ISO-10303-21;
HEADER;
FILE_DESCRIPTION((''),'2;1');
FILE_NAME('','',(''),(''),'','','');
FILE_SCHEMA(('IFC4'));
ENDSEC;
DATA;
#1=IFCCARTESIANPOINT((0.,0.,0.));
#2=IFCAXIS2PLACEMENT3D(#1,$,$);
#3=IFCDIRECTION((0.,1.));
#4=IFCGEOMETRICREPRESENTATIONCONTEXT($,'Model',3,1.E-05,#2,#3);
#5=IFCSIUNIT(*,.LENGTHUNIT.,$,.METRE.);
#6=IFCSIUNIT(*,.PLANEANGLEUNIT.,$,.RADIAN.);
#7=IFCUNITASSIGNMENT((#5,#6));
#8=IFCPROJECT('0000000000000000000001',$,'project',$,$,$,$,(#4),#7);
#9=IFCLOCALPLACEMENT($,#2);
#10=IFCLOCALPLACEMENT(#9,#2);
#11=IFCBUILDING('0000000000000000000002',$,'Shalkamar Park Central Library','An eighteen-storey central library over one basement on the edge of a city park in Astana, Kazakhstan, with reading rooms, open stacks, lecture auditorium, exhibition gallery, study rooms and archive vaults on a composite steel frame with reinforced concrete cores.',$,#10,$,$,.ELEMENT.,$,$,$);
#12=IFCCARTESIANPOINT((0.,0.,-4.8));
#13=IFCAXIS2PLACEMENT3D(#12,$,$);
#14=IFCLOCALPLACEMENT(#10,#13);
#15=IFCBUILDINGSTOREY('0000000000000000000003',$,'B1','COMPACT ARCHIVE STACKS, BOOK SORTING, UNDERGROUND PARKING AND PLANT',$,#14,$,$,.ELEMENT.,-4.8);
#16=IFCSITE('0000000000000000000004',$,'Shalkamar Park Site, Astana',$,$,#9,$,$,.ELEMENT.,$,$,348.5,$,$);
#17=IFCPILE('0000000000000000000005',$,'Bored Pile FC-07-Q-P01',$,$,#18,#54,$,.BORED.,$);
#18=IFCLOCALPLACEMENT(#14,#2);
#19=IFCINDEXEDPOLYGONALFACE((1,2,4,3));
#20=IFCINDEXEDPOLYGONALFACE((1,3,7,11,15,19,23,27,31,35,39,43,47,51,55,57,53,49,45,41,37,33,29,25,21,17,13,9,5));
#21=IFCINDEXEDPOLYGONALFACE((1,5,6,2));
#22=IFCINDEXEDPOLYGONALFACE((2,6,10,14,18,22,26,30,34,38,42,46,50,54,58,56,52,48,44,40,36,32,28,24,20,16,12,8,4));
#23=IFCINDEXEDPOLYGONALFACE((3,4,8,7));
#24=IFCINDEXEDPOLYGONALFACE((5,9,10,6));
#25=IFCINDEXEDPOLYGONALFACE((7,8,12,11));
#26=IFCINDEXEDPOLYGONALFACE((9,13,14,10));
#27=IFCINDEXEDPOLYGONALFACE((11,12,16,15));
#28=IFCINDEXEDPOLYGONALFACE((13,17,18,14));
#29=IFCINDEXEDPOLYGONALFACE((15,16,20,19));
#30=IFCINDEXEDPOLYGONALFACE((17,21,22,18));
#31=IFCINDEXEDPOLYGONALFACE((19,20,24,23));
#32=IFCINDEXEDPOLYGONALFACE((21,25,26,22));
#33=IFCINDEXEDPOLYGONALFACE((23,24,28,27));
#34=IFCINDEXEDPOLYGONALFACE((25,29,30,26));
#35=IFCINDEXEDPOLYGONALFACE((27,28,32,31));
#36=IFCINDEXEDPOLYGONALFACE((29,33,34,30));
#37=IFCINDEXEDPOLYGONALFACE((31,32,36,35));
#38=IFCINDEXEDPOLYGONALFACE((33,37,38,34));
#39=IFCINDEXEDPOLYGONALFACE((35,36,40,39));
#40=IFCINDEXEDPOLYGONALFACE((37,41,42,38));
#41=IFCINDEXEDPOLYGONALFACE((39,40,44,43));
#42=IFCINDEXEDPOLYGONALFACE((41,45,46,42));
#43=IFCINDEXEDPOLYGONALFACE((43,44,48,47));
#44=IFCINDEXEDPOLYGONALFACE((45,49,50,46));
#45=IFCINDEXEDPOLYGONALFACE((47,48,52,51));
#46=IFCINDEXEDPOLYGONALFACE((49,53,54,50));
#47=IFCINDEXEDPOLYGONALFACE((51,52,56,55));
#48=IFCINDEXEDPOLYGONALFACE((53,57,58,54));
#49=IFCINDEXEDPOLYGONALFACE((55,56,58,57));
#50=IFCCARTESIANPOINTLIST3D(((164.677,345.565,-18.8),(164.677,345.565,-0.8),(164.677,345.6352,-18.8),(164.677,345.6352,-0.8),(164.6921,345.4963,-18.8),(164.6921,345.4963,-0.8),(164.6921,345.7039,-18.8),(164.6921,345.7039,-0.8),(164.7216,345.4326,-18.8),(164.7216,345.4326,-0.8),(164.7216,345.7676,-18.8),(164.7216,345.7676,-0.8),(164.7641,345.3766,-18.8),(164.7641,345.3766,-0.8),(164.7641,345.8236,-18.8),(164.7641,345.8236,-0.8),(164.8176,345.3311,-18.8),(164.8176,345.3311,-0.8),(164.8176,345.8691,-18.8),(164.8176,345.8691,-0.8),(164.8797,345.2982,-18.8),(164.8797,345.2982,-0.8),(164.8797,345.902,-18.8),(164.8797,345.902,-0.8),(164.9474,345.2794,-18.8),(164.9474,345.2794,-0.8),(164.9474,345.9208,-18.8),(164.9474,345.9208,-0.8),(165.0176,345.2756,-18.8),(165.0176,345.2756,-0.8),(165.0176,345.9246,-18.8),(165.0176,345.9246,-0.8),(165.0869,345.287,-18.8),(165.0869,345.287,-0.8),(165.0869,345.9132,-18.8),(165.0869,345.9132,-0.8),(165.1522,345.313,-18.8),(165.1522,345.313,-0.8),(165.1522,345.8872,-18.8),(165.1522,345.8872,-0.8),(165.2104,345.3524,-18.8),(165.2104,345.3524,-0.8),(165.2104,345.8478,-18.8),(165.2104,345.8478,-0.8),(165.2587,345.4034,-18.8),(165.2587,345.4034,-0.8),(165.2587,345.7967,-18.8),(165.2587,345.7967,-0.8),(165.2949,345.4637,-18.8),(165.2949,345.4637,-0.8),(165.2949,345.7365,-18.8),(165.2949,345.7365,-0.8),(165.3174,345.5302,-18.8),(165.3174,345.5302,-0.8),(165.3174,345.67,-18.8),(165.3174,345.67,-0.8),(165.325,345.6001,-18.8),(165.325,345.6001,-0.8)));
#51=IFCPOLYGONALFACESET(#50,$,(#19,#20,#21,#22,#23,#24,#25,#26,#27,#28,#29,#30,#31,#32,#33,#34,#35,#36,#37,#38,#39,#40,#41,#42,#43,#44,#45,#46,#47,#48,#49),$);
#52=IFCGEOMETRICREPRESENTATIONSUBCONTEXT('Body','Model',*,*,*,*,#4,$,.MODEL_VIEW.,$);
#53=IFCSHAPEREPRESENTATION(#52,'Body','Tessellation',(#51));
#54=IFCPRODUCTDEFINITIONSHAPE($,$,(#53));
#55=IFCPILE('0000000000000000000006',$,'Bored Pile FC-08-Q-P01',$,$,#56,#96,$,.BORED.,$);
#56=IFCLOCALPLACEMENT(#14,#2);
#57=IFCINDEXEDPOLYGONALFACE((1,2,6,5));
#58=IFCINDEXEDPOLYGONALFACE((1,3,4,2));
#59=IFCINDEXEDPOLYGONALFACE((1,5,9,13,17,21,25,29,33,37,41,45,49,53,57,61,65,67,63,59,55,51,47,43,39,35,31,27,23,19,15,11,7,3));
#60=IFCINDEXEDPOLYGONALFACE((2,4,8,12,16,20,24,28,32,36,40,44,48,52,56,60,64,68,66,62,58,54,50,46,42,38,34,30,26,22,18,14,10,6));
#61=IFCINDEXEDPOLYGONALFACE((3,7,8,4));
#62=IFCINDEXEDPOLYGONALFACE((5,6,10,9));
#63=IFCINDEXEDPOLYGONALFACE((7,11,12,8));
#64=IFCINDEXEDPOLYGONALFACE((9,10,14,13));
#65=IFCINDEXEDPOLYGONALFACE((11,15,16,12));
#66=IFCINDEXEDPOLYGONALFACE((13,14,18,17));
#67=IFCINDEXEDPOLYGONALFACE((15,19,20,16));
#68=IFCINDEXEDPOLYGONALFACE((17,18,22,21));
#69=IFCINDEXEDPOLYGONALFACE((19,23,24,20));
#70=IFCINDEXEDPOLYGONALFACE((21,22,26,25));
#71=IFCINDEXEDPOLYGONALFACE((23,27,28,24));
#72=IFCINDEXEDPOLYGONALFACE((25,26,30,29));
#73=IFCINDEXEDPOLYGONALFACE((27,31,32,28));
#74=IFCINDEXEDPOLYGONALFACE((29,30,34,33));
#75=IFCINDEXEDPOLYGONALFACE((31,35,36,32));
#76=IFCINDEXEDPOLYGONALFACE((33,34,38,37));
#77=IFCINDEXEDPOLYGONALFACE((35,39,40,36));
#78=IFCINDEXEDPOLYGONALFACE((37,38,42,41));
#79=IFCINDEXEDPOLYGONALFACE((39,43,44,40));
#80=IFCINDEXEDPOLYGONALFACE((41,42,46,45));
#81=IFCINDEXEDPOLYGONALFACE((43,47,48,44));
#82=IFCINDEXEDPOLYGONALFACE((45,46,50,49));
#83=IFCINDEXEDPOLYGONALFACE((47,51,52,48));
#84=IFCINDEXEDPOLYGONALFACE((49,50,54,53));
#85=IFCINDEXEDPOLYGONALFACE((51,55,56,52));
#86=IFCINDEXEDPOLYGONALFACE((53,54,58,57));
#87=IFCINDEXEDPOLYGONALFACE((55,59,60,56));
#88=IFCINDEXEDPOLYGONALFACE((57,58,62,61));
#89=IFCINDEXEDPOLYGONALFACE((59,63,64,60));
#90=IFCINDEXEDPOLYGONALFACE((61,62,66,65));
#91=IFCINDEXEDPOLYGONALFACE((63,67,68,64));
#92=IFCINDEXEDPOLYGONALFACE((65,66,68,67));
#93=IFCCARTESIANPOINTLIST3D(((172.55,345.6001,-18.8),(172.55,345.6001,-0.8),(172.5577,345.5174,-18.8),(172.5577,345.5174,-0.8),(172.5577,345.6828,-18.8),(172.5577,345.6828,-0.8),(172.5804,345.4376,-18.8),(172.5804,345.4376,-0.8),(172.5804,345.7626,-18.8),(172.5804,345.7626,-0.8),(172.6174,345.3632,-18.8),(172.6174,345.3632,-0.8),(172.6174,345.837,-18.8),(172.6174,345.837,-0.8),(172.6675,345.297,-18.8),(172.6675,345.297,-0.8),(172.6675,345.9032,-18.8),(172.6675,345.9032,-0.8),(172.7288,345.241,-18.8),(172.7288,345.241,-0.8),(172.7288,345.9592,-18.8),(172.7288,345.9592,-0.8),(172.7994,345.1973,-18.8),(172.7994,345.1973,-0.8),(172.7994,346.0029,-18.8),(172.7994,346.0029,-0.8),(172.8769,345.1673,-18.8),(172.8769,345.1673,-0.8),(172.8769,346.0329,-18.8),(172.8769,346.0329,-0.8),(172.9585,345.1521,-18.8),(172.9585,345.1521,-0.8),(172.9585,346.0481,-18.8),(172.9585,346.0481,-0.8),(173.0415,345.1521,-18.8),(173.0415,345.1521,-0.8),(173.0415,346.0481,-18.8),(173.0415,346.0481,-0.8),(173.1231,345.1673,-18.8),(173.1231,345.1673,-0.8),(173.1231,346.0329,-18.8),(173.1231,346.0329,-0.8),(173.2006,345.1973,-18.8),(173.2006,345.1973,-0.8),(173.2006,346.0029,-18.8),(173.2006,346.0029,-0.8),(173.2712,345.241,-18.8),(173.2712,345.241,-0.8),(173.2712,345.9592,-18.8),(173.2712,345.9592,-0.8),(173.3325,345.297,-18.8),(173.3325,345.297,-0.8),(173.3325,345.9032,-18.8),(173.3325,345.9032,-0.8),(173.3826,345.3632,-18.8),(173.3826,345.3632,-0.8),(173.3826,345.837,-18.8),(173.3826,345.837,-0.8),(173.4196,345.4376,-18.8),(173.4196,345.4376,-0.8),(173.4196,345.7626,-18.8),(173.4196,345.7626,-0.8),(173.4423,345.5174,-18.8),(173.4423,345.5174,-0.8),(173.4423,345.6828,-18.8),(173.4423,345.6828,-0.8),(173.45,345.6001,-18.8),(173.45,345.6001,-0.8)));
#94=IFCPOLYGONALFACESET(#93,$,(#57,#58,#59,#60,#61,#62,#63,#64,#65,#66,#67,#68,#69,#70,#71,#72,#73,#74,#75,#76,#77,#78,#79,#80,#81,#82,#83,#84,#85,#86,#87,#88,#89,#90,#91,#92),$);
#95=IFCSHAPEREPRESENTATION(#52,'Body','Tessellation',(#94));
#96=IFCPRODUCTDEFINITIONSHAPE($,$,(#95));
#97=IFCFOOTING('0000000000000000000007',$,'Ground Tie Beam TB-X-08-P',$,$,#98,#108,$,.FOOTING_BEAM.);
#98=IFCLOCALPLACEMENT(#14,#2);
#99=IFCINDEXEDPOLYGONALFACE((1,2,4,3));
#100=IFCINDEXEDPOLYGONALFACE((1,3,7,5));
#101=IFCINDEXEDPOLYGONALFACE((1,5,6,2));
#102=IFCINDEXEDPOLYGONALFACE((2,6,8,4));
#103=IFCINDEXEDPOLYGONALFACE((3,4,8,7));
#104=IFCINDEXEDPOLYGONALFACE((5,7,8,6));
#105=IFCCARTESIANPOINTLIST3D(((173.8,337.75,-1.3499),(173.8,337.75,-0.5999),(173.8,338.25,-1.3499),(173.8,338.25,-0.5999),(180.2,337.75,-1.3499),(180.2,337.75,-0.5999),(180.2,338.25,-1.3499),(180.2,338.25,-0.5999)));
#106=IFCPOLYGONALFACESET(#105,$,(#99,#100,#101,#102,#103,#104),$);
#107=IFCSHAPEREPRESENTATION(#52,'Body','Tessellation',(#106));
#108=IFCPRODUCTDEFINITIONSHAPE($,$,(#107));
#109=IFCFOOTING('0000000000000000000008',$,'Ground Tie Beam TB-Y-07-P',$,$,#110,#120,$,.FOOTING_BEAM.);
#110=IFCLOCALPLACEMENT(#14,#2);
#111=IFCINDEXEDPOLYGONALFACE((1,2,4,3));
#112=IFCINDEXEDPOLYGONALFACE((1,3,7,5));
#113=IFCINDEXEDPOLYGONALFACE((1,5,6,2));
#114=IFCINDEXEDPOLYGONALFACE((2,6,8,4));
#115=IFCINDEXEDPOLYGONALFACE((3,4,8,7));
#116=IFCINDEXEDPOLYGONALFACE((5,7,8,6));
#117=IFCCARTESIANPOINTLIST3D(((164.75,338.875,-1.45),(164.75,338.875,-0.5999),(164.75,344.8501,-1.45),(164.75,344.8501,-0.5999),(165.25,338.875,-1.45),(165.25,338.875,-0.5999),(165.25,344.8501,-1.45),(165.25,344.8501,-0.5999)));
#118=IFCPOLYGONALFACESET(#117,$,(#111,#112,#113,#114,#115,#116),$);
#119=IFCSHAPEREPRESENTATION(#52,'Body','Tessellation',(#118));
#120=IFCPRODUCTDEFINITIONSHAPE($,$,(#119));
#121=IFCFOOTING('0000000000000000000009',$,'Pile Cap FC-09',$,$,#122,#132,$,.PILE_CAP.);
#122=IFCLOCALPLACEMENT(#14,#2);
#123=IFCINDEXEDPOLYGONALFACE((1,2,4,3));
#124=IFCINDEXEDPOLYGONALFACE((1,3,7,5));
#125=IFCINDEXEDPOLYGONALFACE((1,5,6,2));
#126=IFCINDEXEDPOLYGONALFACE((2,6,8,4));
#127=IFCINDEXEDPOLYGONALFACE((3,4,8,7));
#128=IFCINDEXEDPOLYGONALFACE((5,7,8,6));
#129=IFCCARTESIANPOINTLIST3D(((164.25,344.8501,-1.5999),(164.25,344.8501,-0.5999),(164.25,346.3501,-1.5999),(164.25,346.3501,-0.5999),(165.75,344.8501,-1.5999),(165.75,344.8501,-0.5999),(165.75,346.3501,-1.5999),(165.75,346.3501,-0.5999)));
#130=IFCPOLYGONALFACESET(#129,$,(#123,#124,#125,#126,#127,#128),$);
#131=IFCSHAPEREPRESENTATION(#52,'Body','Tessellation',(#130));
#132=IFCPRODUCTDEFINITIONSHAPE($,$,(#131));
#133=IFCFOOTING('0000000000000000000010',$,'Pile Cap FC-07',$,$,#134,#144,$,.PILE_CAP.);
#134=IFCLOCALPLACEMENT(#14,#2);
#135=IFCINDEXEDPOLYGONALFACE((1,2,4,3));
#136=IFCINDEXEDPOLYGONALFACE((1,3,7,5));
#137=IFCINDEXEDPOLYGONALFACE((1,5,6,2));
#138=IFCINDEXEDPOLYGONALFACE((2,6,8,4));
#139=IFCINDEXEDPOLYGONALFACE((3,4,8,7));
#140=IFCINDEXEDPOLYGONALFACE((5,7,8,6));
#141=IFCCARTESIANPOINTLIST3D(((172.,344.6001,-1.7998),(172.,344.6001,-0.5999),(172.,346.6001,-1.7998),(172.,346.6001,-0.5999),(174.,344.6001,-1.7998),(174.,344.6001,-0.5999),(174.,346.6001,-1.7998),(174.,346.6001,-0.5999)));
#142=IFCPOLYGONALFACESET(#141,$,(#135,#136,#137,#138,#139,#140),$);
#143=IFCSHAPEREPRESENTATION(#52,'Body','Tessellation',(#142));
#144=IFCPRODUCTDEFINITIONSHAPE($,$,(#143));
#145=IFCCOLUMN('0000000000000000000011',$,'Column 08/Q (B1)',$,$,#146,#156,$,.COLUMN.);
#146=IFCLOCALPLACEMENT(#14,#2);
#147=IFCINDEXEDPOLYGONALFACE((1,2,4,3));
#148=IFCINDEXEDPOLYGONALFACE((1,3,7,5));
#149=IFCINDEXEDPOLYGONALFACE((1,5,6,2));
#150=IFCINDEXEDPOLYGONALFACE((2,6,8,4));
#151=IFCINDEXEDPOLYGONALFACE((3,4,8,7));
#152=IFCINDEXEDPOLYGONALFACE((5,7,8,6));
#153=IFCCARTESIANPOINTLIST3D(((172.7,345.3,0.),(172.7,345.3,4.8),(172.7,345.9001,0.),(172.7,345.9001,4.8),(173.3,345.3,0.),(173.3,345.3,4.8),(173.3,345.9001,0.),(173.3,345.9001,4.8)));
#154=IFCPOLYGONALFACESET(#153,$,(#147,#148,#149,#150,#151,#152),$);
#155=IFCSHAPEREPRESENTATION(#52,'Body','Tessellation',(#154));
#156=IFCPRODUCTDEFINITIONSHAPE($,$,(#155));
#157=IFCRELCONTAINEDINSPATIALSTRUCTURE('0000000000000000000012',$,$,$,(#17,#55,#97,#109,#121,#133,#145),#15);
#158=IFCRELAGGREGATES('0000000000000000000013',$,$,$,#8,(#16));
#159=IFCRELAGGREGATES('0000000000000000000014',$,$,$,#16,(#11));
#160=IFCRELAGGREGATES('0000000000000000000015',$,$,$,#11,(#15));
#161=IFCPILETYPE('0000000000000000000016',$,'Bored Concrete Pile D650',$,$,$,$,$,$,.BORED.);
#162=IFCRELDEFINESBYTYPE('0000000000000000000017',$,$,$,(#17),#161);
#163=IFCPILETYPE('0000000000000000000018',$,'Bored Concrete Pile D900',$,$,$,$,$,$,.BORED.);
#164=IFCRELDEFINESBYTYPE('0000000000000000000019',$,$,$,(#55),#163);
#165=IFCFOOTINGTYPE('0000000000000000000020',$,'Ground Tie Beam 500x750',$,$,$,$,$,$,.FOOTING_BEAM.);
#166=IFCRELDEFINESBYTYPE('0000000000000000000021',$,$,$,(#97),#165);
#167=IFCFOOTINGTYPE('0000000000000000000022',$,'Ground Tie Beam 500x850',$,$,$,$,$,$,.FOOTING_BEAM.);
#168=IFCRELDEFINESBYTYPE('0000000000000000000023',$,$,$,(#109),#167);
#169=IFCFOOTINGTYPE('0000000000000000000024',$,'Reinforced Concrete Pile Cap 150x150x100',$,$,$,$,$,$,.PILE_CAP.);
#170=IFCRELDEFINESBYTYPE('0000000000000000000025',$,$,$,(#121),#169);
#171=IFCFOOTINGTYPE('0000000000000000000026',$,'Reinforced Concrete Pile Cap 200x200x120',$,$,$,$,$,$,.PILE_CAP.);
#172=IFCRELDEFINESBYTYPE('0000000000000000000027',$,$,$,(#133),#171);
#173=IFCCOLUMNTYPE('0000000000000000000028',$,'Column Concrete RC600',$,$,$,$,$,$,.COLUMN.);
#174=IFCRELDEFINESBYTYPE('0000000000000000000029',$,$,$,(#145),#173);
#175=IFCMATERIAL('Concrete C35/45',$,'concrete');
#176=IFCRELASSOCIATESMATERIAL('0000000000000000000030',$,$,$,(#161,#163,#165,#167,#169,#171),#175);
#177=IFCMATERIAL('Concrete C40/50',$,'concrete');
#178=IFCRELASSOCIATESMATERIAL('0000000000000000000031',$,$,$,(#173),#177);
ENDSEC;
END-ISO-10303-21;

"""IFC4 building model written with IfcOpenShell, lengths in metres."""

from ifc_helpers import new_model, si_unit, direction, frame, origin, origin_2d, place, context, subcontext, project, spatial, rectangle, circle, extrude, material, material_profile, profile_set, type_object, element, save


model = new_model("IFC4")

# Units and contexts
model_context = context("Model", 3, precision=1e-05, world=origin(), true_north=direction((0.0, 1.0)))
body_context = subcontext(model_context, "Body", "Model", "MODEL_VIEW")
ifc_project = project(units=[si_unit("LENGTHUNIT", "METRE"), si_unit("PLANEANGLEUNIT", "RADIAN")], contexts=[model_context])

# Site, building, storey
site_placement = place(None, origin())
site = spatial("IfcSite", under=ifc_project, at=site_placement, Name="Shalkamar Park Site, Astana", CompositionType="ELEMENT", RefElevation=348.5)
building_placement = place(site_placement, origin())
building = spatial("IfcBuilding", under=site, at=building_placement, Name="Shalkamar Park Central Library", Description="An eighteen-storey central library over one basement on the edge of a city park in Astana, Kazakhstan, with reading rooms, open stacks, lecture auditorium, exhibition gallery, study rooms and archive vaults on a composite steel frame with reinforced concrete cores.", CompositionType="ELEMENT")
storey_placement = place(building_placement, frame((0.0, 0.0, -4.8)))
storey = spatial("IfcBuildingStorey", under=building, at=storey_placement, Name="B1", Description="COMPACT ARCHIVE STACKS, BOOK SORTING, UNDERGROUND PARKING AND PLANT", CompositionType="ELEMENT", Elevation=-4.8)

# Piles
ifc_material_1 = material(Name="Concrete C35/45", Category="concrete")
ifc_material_profile_1 = material_profile(ifc_material_1, circle(Radius=0.325, at=origin_2d()), Name="PILE D650")
ifc_profile_set_1 = profile_set([ifc_material_profile_1], Name="Concrete C35/45")
pile_type_1 = type_object("IfcPileType", Name="Bored Concrete Pile D650", PredefinedType="BORED", material=ifc_profile_set_1)
pile_1_placement = place(storey_placement, frame((165.0, 345.6001, -0.8), z_axis=(0.0, 0.0, -1.0), x_axis=(1.0, 0.0, 0.0)))
element("IfcPile", 1, at=pile_1_placement, inside=storey, type_object=pile_type_1, Name="Bored Pile FC-07-Q-P01", PredefinedType="BORED", context=body_context, shape_type="SweptSolid", body=[
    extrude(circle(Radius=0.325, at=origin_2d()), origin(), (0.0, 0.0, 1.0), 18.0),
])
ifc_material_profile_2 = material_profile(ifc_material_1, circle(Radius=0.45, at=origin_2d()), Name="PILE D900")
ifc_profile_set_2 = profile_set([ifc_material_profile_2], Name="Concrete C35/45")
pile_type_2 = type_object("IfcPileType", Name="Bored Concrete Pile D900", PredefinedType="BORED", material=ifc_profile_set_2)
pile_2_placement = place(storey_placement, frame((173.0, 345.6001, -0.8), z_axis=(0.0, 0.0, -1.0), x_axis=(1.0, 0.0, 0.0)))
element("IfcPile", 2, at=pile_2_placement, inside=storey, type_object=pile_type_2, Name="Bored Pile FC-08-Q-P01", PredefinedType="BORED", context=body_context, shape_type="SweptSolid", body=[
    extrude(circle(Radius=0.45, at=origin_2d()), origin(), (0.0, 0.0, 1.0), 18.0),
])

# Footings
footing_type_1 = type_object("IfcFootingType", Name="Ground Tie Beam 500x750", PredefinedType="FOOTING_BEAM", material=ifc_material_1)
footing_1_placement = place(storey_placement, frame((177.0, 338.0, -1.3499), z_axis=(0.0, 0.0, 1.0), x_axis=(1.0, 0.0, 0.0)))
element("IfcFooting", 3, at=footing_1_placement, inside=storey, type_object=footing_type_1, Name="Ground Tie Beam TB-X-08-P", PredefinedType="FOOTING_BEAM", context=body_context, shape_type="SweptSolid", body=[
    extrude(rectangle(XDim=6.3999, YDim=0.5, at=origin_2d()), origin(), (0.0, 0.0, 1.0), 0.75),
])
footing_type_2 = type_object("IfcFootingType", Name="Ground Tie Beam 500x850", PredefinedType="FOOTING_BEAM", material=ifc_material_1)
footing_2_placement = place(storey_placement, frame((165.0, 341.8625, -1.45), z_axis=(0.0, 0.0, 1.0), x_axis=(0.0, 1.0, 0.0)))
element("IfcFooting", 4, at=footing_2_placement, inside=storey, type_object=footing_type_2, Name="Ground Tie Beam TB-Y-07-P", PredefinedType="FOOTING_BEAM", context=body_context, shape_type="SweptSolid", body=[
    extrude(rectangle(XDim=5.9751, YDim=0.5, at=origin_2d()), origin(), (0.0, 0.0, 1.0), 0.8501),
])
footing_type_3 = type_object("IfcFootingType", Name="Reinforced Concrete Pile Cap 150x150x100", PredefinedType="PILE_CAP", material=ifc_material_1)
footing_3_placement = place(storey_placement, frame((165.0, 345.6001, -1.5999), z_axis=(0.0, 0.0, 1.0), x_axis=(1.0, 0.0, 0.0)))
element("IfcFooting", 5, at=footing_3_placement, inside=storey, type_object=footing_type_3, Name="Pile Cap FC-09", PredefinedType="PILE_CAP", context=body_context, shape_type="SweptSolid", body=[
    extrude(rectangle(XDim=1.5, YDim=1.5, at=origin_2d()), origin(), (0.0, 0.0, 1.0), 1.0),
])
footing_type_4 = type_object("IfcFootingType", Name="Reinforced Concrete Pile Cap 200x200x120", PredefinedType="PILE_CAP", material=ifc_material_1)
footing_4_placement = place(storey_placement, frame((173.0, 345.6001, -1.7998), z_axis=(0.0, 0.0, 1.0), x_axis=(1.0, 0.0, 0.0)))
element("IfcFooting", 6, at=footing_4_placement, inside=storey, type_object=footing_type_4, Name="Pile Cap FC-07", PredefinedType="PILE_CAP", context=body_context, shape_type="SweptSolid", body=[
    extrude(rectangle(XDim=2.0, YDim=2.0, at=origin_2d()), origin(), (0.0, 0.0, 1.0), 1.2),
])

# Column
ifc_material_2 = material(Name="Concrete C40/50", Category="concrete")
ifc_material_profile_3 = material_profile(ifc_material_2, rectangle(XDim=0.6001, YDim=0.6001, at=origin_2d()), Name="RC 600x600")
ifc_profile_set_3 = profile_set([ifc_material_profile_3], Name="Concrete C40/50")
column_type_1 = type_object("IfcColumnType", Name="Column Concrete RC600", PredefinedType="COLUMN", material=ifc_profile_set_3)
column_1_placement = place(storey_placement, frame((173.0, 345.6001, 0.0), z_axis=(0.0, 0.0, 1.0), x_axis=(1.0, 0.0, 0.0)))
element("IfcColumn", 7, at=column_1_placement, inside=storey, type_object=column_type_1, Name="Column 08/Q (B1)", PredefinedType="COLUMN", context=body_context, shape_type="SweptSolid", body=[
    extrude(rectangle(XDim=0.6001, YDim=0.6001, at=origin_2d()), origin(), (0.0, 0.0, 1.0), 4.8),
])

save(model, "model.ifc")
